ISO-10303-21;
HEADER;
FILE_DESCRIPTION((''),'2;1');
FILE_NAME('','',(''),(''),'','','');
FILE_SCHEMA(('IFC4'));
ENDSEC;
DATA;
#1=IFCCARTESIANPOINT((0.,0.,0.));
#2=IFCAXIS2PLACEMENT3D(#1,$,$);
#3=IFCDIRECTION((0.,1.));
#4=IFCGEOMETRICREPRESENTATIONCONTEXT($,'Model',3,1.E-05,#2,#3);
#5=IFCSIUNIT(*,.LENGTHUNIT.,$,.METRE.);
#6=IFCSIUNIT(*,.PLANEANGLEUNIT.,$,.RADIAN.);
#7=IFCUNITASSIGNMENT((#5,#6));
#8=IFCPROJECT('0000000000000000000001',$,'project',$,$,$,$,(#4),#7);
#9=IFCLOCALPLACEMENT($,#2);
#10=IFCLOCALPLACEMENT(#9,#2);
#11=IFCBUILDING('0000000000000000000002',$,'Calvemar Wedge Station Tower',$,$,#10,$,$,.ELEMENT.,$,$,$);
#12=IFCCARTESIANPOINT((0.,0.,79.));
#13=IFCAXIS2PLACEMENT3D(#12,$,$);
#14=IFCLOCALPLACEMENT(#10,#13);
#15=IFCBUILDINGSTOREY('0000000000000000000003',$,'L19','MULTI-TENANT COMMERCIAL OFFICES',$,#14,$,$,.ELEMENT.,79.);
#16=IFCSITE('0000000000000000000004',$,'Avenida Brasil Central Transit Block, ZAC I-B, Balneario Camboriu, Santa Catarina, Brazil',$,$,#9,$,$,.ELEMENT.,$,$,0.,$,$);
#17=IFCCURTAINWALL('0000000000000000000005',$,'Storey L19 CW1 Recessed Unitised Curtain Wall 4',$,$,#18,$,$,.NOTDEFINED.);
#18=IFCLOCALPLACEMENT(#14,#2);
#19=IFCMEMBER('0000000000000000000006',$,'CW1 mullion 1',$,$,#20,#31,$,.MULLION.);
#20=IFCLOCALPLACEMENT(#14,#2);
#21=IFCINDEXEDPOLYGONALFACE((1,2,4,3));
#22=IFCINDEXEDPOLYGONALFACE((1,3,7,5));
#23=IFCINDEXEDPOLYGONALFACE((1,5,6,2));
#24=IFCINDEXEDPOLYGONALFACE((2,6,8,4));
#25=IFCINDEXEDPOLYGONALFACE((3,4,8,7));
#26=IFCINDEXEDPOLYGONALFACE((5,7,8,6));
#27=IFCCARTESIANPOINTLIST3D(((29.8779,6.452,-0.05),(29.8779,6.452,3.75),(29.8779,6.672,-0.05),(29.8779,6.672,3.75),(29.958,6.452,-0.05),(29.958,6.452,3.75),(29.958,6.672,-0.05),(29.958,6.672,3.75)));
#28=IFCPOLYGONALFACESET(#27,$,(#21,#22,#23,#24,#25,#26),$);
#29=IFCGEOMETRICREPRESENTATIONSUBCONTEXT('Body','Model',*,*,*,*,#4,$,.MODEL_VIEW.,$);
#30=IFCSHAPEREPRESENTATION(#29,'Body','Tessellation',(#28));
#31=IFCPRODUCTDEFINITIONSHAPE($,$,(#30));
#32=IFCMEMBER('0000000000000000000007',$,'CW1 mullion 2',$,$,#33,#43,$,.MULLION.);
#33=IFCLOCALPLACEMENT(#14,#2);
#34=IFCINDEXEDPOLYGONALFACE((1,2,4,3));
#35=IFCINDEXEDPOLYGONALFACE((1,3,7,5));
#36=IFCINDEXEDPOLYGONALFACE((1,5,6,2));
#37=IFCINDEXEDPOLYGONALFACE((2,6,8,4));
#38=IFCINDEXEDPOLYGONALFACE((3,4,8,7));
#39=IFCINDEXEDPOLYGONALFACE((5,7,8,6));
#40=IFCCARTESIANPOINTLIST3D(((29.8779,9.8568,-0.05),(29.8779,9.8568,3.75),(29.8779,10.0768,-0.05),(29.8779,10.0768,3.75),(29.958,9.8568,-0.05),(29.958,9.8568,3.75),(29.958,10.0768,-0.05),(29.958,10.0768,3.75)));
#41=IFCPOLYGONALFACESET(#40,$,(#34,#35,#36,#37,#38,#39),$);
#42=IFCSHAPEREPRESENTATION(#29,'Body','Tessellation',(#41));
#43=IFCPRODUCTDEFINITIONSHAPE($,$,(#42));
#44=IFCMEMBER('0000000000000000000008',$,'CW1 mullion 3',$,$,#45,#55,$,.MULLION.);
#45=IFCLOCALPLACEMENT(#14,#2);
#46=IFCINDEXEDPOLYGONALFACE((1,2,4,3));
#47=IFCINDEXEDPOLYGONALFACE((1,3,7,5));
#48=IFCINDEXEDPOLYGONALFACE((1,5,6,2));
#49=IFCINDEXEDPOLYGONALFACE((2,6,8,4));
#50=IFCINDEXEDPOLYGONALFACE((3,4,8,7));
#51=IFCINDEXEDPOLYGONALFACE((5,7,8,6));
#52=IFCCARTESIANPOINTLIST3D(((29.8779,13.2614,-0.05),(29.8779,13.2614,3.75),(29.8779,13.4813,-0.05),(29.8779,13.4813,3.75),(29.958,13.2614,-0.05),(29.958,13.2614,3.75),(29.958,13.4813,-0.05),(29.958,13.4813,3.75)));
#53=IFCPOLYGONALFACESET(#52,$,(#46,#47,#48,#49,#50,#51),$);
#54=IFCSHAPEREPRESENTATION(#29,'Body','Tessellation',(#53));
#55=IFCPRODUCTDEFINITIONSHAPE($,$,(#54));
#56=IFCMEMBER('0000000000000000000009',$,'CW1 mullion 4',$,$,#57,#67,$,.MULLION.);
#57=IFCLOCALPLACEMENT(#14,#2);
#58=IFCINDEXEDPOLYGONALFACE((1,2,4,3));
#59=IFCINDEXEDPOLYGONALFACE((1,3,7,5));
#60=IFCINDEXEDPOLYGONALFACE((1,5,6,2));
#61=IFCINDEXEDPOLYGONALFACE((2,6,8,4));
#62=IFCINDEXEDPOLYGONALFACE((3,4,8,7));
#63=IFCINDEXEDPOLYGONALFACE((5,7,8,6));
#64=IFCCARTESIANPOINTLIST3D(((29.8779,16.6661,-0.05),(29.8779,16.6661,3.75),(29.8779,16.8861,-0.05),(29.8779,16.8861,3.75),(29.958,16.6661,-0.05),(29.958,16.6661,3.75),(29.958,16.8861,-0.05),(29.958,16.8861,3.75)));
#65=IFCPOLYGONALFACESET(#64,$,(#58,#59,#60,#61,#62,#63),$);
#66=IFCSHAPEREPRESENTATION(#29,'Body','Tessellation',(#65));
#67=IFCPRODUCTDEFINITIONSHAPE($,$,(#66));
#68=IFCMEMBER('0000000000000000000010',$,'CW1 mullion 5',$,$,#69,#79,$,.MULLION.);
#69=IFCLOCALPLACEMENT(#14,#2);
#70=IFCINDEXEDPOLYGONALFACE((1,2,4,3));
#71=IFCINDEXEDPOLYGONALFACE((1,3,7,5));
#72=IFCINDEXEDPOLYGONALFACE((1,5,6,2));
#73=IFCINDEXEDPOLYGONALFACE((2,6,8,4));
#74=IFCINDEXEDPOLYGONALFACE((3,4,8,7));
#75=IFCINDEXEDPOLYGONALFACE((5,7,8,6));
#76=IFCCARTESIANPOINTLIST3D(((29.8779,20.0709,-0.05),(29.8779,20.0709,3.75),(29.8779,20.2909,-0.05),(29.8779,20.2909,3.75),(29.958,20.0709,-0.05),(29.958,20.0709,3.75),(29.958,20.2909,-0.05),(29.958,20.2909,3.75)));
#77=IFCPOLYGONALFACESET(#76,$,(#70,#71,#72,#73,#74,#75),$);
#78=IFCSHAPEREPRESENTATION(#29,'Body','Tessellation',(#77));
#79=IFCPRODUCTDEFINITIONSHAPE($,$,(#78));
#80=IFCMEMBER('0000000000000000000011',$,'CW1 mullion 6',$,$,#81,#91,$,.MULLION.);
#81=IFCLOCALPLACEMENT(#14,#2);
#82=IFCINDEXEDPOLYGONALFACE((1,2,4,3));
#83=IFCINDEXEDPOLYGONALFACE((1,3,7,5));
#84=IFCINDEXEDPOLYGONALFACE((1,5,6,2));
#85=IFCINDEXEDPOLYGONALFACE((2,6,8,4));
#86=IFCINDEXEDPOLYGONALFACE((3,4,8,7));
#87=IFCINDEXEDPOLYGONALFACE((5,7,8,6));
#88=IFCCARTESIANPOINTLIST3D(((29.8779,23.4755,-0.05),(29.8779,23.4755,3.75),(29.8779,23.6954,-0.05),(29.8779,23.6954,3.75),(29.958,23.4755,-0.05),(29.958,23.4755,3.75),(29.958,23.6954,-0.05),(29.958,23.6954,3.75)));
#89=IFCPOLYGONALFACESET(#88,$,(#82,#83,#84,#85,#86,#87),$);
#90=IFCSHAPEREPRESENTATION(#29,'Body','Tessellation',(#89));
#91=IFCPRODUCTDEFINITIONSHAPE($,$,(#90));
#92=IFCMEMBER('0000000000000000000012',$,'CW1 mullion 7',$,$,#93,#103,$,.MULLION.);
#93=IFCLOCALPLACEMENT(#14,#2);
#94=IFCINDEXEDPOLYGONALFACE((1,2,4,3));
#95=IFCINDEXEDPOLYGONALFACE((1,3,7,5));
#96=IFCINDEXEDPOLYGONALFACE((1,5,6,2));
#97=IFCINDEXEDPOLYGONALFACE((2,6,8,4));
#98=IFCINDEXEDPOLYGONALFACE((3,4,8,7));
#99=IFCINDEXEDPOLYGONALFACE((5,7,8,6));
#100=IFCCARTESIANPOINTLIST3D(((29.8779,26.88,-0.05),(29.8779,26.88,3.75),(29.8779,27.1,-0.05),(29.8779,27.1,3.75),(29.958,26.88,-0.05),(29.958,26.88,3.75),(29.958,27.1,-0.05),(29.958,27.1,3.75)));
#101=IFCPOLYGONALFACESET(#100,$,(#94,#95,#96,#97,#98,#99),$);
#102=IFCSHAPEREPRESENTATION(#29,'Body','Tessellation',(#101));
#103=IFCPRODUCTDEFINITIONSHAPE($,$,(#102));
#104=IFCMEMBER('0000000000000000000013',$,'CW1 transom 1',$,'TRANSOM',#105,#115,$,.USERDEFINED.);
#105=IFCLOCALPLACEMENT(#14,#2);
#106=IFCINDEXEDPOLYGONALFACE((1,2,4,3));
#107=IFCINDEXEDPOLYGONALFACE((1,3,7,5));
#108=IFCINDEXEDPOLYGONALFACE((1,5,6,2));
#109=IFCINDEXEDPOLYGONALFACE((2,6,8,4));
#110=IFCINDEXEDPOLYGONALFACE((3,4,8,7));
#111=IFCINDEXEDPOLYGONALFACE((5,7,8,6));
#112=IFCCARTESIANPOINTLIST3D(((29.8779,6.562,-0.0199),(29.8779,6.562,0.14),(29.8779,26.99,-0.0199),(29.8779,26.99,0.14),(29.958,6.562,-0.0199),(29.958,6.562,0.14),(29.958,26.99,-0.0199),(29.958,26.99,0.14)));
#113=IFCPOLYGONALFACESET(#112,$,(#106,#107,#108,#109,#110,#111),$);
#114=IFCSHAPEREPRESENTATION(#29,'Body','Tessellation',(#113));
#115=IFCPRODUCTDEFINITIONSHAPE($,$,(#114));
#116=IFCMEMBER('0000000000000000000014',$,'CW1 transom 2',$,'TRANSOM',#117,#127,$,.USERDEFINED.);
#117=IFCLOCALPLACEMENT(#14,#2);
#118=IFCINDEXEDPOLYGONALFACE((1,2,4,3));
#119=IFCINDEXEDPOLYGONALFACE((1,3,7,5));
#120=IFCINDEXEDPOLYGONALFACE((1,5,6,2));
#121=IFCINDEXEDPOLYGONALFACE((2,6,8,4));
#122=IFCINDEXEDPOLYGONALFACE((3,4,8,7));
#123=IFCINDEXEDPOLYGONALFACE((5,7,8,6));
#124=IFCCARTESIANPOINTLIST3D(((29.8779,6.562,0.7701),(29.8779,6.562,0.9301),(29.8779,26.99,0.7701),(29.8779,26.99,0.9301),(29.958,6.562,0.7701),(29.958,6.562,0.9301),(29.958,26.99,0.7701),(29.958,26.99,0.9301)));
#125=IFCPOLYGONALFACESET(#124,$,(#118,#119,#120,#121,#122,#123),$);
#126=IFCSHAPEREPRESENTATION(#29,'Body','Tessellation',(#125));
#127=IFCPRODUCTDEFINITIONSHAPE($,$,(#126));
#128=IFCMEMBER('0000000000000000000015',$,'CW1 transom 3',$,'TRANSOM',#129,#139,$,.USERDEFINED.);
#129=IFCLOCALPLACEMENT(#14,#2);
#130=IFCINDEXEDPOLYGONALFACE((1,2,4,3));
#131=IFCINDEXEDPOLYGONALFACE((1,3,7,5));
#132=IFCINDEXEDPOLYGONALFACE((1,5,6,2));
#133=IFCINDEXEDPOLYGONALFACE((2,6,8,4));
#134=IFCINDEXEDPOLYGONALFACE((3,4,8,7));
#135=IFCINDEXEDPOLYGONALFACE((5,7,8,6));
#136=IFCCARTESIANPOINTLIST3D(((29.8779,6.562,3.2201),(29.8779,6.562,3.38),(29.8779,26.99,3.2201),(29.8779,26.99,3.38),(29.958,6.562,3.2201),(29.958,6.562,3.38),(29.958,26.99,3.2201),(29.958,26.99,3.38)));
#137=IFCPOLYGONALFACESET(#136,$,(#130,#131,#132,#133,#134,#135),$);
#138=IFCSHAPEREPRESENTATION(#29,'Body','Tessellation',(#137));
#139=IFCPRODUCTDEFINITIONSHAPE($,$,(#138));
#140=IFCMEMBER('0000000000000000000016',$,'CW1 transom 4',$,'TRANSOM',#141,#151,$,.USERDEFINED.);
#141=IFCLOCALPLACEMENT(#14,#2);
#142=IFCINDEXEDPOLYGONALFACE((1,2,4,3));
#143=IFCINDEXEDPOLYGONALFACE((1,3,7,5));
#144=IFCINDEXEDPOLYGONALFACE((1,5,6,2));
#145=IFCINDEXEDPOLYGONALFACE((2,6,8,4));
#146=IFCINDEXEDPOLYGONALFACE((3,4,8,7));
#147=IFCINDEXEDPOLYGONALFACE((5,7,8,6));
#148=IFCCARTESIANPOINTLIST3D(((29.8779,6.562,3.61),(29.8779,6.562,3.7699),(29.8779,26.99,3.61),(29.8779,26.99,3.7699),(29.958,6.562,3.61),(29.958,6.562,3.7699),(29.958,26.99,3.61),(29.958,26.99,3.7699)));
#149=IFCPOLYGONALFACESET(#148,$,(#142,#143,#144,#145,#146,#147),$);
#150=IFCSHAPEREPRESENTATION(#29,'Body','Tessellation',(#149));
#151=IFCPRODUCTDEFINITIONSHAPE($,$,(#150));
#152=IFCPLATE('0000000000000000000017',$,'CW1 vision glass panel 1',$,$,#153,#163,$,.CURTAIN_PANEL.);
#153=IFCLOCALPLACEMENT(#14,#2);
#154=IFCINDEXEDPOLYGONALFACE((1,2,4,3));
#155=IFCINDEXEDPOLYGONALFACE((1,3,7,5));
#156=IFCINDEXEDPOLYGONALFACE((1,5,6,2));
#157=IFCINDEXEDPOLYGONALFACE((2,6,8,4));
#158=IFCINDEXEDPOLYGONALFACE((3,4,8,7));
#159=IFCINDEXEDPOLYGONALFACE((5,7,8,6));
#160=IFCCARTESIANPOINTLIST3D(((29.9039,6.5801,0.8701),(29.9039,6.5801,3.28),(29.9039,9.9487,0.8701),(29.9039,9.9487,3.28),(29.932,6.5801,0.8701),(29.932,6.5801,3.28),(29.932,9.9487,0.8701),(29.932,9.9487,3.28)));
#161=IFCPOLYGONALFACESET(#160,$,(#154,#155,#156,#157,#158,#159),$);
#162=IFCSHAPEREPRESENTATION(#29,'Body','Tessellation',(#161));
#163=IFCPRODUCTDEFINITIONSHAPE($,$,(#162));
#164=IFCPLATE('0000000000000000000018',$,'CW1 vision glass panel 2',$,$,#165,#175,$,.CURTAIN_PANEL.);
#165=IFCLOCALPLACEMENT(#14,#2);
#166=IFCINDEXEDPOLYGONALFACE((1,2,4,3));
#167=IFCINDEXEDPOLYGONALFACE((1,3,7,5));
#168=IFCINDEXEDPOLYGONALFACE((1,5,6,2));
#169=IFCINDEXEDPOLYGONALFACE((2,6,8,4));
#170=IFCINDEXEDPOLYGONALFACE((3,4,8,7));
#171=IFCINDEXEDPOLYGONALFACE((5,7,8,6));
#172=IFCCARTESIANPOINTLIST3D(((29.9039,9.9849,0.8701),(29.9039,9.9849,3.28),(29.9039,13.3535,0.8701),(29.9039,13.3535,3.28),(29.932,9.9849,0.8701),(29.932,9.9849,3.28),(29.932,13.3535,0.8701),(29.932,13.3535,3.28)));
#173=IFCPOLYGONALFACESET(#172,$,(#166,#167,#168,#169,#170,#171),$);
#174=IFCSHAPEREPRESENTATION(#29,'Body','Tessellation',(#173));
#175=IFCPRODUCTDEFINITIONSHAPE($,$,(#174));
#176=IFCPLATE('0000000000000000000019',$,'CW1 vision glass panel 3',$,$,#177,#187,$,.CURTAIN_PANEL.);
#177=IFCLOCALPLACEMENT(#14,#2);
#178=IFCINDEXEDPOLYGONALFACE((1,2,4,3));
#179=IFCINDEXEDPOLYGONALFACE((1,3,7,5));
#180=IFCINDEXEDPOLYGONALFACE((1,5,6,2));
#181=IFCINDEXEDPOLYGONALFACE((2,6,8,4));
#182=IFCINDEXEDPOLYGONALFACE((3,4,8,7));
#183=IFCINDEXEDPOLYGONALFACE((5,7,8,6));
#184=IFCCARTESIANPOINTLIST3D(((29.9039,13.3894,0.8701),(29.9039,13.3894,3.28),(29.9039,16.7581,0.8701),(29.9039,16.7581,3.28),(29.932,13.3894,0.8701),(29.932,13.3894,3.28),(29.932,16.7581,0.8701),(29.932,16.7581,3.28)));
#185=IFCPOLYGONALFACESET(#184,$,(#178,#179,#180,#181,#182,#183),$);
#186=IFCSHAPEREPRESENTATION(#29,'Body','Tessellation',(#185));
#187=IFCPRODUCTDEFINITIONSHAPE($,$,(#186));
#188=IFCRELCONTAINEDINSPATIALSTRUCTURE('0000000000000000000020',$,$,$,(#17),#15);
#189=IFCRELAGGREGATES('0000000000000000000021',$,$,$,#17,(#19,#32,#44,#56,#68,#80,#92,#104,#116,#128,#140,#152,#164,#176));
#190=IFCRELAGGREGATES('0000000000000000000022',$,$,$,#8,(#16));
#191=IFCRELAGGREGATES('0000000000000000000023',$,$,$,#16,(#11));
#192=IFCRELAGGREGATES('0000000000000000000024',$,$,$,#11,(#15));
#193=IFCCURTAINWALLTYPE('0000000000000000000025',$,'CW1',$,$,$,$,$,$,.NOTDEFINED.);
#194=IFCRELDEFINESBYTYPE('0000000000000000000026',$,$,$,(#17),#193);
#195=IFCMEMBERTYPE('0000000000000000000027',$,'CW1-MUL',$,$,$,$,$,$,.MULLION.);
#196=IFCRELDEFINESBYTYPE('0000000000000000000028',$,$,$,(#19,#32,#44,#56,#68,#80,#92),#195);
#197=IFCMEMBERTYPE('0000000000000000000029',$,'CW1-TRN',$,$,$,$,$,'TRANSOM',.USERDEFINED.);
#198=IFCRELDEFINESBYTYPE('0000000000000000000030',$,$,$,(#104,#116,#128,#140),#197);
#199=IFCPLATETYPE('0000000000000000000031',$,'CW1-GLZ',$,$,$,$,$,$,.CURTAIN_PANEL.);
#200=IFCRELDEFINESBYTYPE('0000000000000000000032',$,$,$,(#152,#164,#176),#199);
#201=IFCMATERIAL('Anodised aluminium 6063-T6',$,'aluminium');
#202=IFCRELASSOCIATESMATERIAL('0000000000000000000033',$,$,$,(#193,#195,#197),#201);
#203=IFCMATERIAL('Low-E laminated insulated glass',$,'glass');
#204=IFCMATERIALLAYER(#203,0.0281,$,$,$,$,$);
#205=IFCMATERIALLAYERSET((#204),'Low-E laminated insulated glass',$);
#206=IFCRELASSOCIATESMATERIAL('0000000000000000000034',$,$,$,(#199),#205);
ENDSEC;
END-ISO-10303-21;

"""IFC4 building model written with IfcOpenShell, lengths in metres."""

from ifc_helpers import new_model, si_unit, direction, frame, frame_2d, origin, origin_2d, place, context, subcontext, project, spatial, rectangle, extrude, source, transform, mapped, material, layer, layer_set, material_profile, profile_set, type_object, element, aggregate, save


model = new_model("IFC4")

# Units and contexts
model_context = context("Model", 3, precision=1e-05, world=origin(), true_north=direction((0.0, 1.0)))
body_context = subcontext(model_context, "Body", "Model", "MODEL_VIEW")
ifc_project = project(units=[si_unit("LENGTHUNIT", "METRE"), si_unit("PLANEANGLEUNIT", "RADIAN")], contexts=[model_context])

# Site, building, storey
site_placement = place(None, origin())
site = spatial("IfcSite", under=ifc_project, at=site_placement, Name="Avenida Brasil Central Transit Block, ZAC I-B, Balneario Camboriu, Santa Catarina, Brazil", CompositionType="ELEMENT", RefElevation=0.0)
building_placement = place(site_placement, origin())
building = spatial("IfcBuilding", under=site, at=building_placement, Name="Calvemar Wedge Station Tower", CompositionType="ELEMENT")
storey_placement = place(building_placement, frame((0.0, 0.0, 79.0)))
storey = spatial("IfcBuildingStorey", under=building, at=storey_placement, Name="L19", Description="MULTI-TENANT COMMERCIAL OFFICES", CompositionType="ELEMENT", Elevation=79.0)

# Curtain wall, members, plates
ifc_material_1 = material(Name="Anodised aluminium 6063-T6", Category="aluminium")
curtain_wall_type = type_object("IfcCurtainWallType", Name="CW1", PredefinedType="NOTDEFINED", material=ifc_material_1)
curtain_wall_placement = place(storey_placement, origin())
curtain_wall = element("IfcCurtainWall", 1, at=curtain_wall_placement, inside=storey, type_object=curtain_wall_type, Name="Storey L19 CW1 Recessed Unitised Curtain Wall 4", PredefinedType="NOTDEFINED")
ifc_material_profile_1 = material_profile(ifc_material_1, rectangle(XDim=0.0801, YDim=0.22, at=origin_2d()), Name="AL-MUL-80x220")
ifc_profile_set_1 = profile_set([ifc_material_profile_1], Name="Anodised aluminium 6063-T6")
member_type_1 = type_object("IfcMemberType", Name="CW1-MUL", PredefinedType="MULLION", material=ifc_profile_set_1)
shared_shape_1 = source(origin(), body_context, "Body", "SweptSolid", [
    extrude(rectangle(XDim=0.0801, YDim=0.22, at=origin_2d()), origin(), (0.0, 0.0, 1.0), 3.8),
])
member_1_placement = place(storey_placement, frame((29.918, 6.562, -0.05), z_axis=(0.0, 0.0, 1.0), x_axis=(1.0, 0.0, 0.0)))
member_1 = element("IfcMember", 2, at=member_1_placement, type_object=member_type_1, Name="CW1 mullion 1", PredefinedType="MULLION", context=body_context, shape_type="MappedRepresentation", body=[
    mapped(shared_shape_1, transform((0.0, 0.0, 0.0), scale=1.0)),
])
member_2_placement = place(storey_placement, frame((29.918, 9.9668, -0.05), z_axis=(0.0, 0.0, 1.0), x_axis=(1.0, 0.0, 0.0)))
member_2 = element("IfcMember", 3, at=member_2_placement, type_object=member_type_1, Name="CW1 mullion 2", PredefinedType="MULLION", context=body_context, shape_type="MappedRepresentation", body=[
    mapped(shared_shape_1, transform((0.0, 0.0, 0.0), scale=1.0)),
])
member_3_placement = place(storey_placement, frame((29.918, 13.3713, -0.05), z_axis=(0.0, 0.0, 1.0), x_axis=(1.0, 0.0, 0.0)))
member_3 = element("IfcMember", 4, at=member_3_placement, type_object=member_type_1, Name="CW1 mullion 3", PredefinedType="MULLION", context=body_context, shape_type="MappedRepresentation", body=[
    mapped(shared_shape_1, transform((0.0, 0.0, 0.0), scale=1.0)),
])
member_4_placement = place(storey_placement, frame((29.918, 16.7761, -0.05), z_axis=(0.0, 0.0, 1.0), x_axis=(1.0, 0.0, 0.0)))
member_4 = element("IfcMember", 5, at=member_4_placement, type_object=member_type_1, Name="CW1 mullion 4", PredefinedType="MULLION", context=body_context, shape_type="MappedRepresentation", body=[
    mapped(shared_shape_1, transform((0.0, 0.0, 0.0), scale=1.0)),
])
member_5_placement = place(storey_placement, frame((29.918, 20.1809, -0.05), z_axis=(0.0, 0.0, 1.0), x_axis=(1.0, 0.0, 0.0)))
member_5 = element("IfcMember", 6, at=member_5_placement, type_object=member_type_1, Name="CW1 mullion 5", PredefinedType="MULLION", context=body_context, shape_type="MappedRepresentation", body=[
    mapped(shared_shape_1, transform((0.0, 0.0, 0.0), scale=1.0)),
])
member_6_placement = place(storey_placement, frame((29.918, 23.5854, -0.05), z_axis=(0.0, 0.0, 1.0), x_axis=(1.0, 0.0, 0.0)))
member_6 = element("IfcMember", 7, at=member_6_placement, type_object=member_type_1, Name="CW1 mullion 6", PredefinedType="MULLION", context=body_context, shape_type="MappedRepresentation", body=[
    mapped(shared_shape_1, transform((0.0, 0.0, 0.0), scale=1.0)),
])
member_7_placement = place(storey_placement, frame((29.918, 26.99, -0.05), z_axis=(0.0, 0.0, 1.0), x_axis=(1.0, 0.0, 0.0)))
member_7 = element("IfcMember", 8, at=member_7_placement, type_object=member_type_1, Name="CW1 mullion 7", PredefinedType="MULLION", context=body_context, shape_type="MappedRepresentation", body=[
    mapped(shared_shape_1, transform((0.0, 0.0, 0.0), scale=1.0)),
])
ifc_material_profile_2 = material_profile(ifc_material_1, rectangle(XDim=0.0801, YDim=0.1599, at=origin_2d()), Name="AL-TRN-80x160")
ifc_profile_set_2 = profile_set([ifc_material_profile_2], Name="Anodised aluminium 6063-T6")
member_type_2 = type_object("IfcMemberType", Name="CW1-TRN", ElementType="TRANSOM", PredefinedType="USERDEFINED", material=ifc_profile_set_2)
shared_shape_2 = source(origin(), body_context, "Body", "SweptSolid", [
    extrude(rectangle(XDim=0.0801, YDim=0.1599, at=origin_2d()), origin(), (0.0, 0.0, 1.0), 20.428),
])
member_8_placement = place(storey_placement, frame((29.918, 6.562, 0.0601), z_axis=(0.0, 1.0, 0.0), x_axis=(-1.0, 0.0, 0.0)))
member_8 = element("IfcMember", 9, at=member_8_placement, type_object=member_type_2, Name="CW1 transom 1", ObjectType="TRANSOM", PredefinedType="USERDEFINED", context=body_context, shape_type="MappedRepresentation", body=[
    mapped(shared_shape_2, transform((0.0, 0.0, 0.0), scale=1.0)),
])
member_9_placement = place(storey_placement, frame((29.918, 6.562, 0.8501), z_axis=(0.0, 1.0, 0.0), x_axis=(-1.0, 0.0, 0.0)))
member_9 = element("IfcMember", 10, at=member_9_placement, type_object=member_type_2, Name="CW1 transom 2", ObjectType="TRANSOM", PredefinedType="USERDEFINED", context=body_context, shape_type="MappedRepresentation", body=[
    mapped(shared_shape_2, transform((0.0, 0.0, 0.0), scale=1.0)),
])
member_10_placement = place(storey_placement, frame((29.918, 6.562, 3.3), z_axis=(0.0, 1.0, 0.0), x_axis=(-1.0, 0.0, 0.0)))
member_10 = element("IfcMember", 11, at=member_10_placement, type_object=member_type_2, Name="CW1 transom 3", ObjectType="TRANSOM", PredefinedType="USERDEFINED", context=body_context, shape_type="MappedRepresentation", body=[
    mapped(shared_shape_2, transform((0.0, 0.0, 0.0), scale=1.0)),
])
member_11_placement = place(storey_placement, frame((29.918, 6.562, 3.6899), z_axis=(0.0, 1.0, 0.0), x_axis=(-1.0, 0.0, 0.0)))
member_11 = element("IfcMember", 12, at=member_11_placement, type_object=member_type_2, Name="CW1 transom 4", ObjectType="TRANSOM", PredefinedType="USERDEFINED", context=body_context, shape_type="MappedRepresentation", body=[
    mapped(shared_shape_2, transform((0.0, 0.0, 0.0), scale=1.0)),
])
ifc_material_2 = material(Name="Low-E laminated insulated glass", Category="glass")
ifc_layer_1 = layer(ifc_material_2, 0.0281)
ifc_layer_set_1 = layer_set([ifc_layer_1], Name="Low-E laminated insulated glass")
plate_type_1 = type_object("IfcPlateType", Name="CW1-GLZ", PredefinedType="CURTAIN_PANEL", material=ifc_layer_set_1)
plate_1_placement = place(storey_placement, frame((29.918, 6.5801, 0.8701), z_axis=(0.0, 0.0, 1.0), x_axis=(0.0, 1.0, 0.0)))
plate_1 = element("IfcPlate", 13, at=plate_1_placement, type_object=plate_type_1, Name="CW1 vision glass panel 1", PredefinedType="CURTAIN_PANEL", context=body_context, shape_type="SweptSolid", body=[
    extrude(rectangle(XDim=3.3687, YDim=0.0281, at=frame_2d((1.6843, 0.0))), origin(), (0.0, 0.0, 1.0), 2.4099),
])
plate_2_placement = place(storey_placement, frame((29.918, 9.9849, 0.8701), z_axis=(0.0, 0.0, 1.0), x_axis=(0.0, 1.0, 0.0)))
plate_2 = element("IfcPlate", 14, at=plate_2_placement, type_object=plate_type_1, Name="CW1 vision glass panel 2", PredefinedType="CURTAIN_PANEL", context=body_context, shape_type="SweptSolid", body=[
    extrude(rectangle(XDim=3.3687, YDim=0.0281, at=frame_2d((1.6843, 0.0))), origin(), (0.0, 0.0, 1.0), 2.4099),
])
plate_3_placement = place(storey_placement, frame((29.918, 13.3894, 0.8701), z_axis=(0.0, 0.0, 1.0), x_axis=(0.0, 1.0, 0.0)))
plate_3 = element("IfcPlate", 15, at=plate_3_placement, type_object=plate_type_1, Name="CW1 vision glass panel 3", PredefinedType="CURTAIN_PANEL", context=body_context, shape_type="SweptSolid", body=[
    extrude(rectangle(XDim=3.3687, YDim=0.0281, at=frame_2d((1.6843, 0.0))), origin(), (0.0, 0.0, 1.0), 2.4099),
])
aggregate(curtain_wall, [member_1, member_2, member_3, member_4, member_5, member_6, member_7, member_8, member_9, member_10, member_11, plate_1, plate_2, plate_3])

save(model, "model.ifc")
